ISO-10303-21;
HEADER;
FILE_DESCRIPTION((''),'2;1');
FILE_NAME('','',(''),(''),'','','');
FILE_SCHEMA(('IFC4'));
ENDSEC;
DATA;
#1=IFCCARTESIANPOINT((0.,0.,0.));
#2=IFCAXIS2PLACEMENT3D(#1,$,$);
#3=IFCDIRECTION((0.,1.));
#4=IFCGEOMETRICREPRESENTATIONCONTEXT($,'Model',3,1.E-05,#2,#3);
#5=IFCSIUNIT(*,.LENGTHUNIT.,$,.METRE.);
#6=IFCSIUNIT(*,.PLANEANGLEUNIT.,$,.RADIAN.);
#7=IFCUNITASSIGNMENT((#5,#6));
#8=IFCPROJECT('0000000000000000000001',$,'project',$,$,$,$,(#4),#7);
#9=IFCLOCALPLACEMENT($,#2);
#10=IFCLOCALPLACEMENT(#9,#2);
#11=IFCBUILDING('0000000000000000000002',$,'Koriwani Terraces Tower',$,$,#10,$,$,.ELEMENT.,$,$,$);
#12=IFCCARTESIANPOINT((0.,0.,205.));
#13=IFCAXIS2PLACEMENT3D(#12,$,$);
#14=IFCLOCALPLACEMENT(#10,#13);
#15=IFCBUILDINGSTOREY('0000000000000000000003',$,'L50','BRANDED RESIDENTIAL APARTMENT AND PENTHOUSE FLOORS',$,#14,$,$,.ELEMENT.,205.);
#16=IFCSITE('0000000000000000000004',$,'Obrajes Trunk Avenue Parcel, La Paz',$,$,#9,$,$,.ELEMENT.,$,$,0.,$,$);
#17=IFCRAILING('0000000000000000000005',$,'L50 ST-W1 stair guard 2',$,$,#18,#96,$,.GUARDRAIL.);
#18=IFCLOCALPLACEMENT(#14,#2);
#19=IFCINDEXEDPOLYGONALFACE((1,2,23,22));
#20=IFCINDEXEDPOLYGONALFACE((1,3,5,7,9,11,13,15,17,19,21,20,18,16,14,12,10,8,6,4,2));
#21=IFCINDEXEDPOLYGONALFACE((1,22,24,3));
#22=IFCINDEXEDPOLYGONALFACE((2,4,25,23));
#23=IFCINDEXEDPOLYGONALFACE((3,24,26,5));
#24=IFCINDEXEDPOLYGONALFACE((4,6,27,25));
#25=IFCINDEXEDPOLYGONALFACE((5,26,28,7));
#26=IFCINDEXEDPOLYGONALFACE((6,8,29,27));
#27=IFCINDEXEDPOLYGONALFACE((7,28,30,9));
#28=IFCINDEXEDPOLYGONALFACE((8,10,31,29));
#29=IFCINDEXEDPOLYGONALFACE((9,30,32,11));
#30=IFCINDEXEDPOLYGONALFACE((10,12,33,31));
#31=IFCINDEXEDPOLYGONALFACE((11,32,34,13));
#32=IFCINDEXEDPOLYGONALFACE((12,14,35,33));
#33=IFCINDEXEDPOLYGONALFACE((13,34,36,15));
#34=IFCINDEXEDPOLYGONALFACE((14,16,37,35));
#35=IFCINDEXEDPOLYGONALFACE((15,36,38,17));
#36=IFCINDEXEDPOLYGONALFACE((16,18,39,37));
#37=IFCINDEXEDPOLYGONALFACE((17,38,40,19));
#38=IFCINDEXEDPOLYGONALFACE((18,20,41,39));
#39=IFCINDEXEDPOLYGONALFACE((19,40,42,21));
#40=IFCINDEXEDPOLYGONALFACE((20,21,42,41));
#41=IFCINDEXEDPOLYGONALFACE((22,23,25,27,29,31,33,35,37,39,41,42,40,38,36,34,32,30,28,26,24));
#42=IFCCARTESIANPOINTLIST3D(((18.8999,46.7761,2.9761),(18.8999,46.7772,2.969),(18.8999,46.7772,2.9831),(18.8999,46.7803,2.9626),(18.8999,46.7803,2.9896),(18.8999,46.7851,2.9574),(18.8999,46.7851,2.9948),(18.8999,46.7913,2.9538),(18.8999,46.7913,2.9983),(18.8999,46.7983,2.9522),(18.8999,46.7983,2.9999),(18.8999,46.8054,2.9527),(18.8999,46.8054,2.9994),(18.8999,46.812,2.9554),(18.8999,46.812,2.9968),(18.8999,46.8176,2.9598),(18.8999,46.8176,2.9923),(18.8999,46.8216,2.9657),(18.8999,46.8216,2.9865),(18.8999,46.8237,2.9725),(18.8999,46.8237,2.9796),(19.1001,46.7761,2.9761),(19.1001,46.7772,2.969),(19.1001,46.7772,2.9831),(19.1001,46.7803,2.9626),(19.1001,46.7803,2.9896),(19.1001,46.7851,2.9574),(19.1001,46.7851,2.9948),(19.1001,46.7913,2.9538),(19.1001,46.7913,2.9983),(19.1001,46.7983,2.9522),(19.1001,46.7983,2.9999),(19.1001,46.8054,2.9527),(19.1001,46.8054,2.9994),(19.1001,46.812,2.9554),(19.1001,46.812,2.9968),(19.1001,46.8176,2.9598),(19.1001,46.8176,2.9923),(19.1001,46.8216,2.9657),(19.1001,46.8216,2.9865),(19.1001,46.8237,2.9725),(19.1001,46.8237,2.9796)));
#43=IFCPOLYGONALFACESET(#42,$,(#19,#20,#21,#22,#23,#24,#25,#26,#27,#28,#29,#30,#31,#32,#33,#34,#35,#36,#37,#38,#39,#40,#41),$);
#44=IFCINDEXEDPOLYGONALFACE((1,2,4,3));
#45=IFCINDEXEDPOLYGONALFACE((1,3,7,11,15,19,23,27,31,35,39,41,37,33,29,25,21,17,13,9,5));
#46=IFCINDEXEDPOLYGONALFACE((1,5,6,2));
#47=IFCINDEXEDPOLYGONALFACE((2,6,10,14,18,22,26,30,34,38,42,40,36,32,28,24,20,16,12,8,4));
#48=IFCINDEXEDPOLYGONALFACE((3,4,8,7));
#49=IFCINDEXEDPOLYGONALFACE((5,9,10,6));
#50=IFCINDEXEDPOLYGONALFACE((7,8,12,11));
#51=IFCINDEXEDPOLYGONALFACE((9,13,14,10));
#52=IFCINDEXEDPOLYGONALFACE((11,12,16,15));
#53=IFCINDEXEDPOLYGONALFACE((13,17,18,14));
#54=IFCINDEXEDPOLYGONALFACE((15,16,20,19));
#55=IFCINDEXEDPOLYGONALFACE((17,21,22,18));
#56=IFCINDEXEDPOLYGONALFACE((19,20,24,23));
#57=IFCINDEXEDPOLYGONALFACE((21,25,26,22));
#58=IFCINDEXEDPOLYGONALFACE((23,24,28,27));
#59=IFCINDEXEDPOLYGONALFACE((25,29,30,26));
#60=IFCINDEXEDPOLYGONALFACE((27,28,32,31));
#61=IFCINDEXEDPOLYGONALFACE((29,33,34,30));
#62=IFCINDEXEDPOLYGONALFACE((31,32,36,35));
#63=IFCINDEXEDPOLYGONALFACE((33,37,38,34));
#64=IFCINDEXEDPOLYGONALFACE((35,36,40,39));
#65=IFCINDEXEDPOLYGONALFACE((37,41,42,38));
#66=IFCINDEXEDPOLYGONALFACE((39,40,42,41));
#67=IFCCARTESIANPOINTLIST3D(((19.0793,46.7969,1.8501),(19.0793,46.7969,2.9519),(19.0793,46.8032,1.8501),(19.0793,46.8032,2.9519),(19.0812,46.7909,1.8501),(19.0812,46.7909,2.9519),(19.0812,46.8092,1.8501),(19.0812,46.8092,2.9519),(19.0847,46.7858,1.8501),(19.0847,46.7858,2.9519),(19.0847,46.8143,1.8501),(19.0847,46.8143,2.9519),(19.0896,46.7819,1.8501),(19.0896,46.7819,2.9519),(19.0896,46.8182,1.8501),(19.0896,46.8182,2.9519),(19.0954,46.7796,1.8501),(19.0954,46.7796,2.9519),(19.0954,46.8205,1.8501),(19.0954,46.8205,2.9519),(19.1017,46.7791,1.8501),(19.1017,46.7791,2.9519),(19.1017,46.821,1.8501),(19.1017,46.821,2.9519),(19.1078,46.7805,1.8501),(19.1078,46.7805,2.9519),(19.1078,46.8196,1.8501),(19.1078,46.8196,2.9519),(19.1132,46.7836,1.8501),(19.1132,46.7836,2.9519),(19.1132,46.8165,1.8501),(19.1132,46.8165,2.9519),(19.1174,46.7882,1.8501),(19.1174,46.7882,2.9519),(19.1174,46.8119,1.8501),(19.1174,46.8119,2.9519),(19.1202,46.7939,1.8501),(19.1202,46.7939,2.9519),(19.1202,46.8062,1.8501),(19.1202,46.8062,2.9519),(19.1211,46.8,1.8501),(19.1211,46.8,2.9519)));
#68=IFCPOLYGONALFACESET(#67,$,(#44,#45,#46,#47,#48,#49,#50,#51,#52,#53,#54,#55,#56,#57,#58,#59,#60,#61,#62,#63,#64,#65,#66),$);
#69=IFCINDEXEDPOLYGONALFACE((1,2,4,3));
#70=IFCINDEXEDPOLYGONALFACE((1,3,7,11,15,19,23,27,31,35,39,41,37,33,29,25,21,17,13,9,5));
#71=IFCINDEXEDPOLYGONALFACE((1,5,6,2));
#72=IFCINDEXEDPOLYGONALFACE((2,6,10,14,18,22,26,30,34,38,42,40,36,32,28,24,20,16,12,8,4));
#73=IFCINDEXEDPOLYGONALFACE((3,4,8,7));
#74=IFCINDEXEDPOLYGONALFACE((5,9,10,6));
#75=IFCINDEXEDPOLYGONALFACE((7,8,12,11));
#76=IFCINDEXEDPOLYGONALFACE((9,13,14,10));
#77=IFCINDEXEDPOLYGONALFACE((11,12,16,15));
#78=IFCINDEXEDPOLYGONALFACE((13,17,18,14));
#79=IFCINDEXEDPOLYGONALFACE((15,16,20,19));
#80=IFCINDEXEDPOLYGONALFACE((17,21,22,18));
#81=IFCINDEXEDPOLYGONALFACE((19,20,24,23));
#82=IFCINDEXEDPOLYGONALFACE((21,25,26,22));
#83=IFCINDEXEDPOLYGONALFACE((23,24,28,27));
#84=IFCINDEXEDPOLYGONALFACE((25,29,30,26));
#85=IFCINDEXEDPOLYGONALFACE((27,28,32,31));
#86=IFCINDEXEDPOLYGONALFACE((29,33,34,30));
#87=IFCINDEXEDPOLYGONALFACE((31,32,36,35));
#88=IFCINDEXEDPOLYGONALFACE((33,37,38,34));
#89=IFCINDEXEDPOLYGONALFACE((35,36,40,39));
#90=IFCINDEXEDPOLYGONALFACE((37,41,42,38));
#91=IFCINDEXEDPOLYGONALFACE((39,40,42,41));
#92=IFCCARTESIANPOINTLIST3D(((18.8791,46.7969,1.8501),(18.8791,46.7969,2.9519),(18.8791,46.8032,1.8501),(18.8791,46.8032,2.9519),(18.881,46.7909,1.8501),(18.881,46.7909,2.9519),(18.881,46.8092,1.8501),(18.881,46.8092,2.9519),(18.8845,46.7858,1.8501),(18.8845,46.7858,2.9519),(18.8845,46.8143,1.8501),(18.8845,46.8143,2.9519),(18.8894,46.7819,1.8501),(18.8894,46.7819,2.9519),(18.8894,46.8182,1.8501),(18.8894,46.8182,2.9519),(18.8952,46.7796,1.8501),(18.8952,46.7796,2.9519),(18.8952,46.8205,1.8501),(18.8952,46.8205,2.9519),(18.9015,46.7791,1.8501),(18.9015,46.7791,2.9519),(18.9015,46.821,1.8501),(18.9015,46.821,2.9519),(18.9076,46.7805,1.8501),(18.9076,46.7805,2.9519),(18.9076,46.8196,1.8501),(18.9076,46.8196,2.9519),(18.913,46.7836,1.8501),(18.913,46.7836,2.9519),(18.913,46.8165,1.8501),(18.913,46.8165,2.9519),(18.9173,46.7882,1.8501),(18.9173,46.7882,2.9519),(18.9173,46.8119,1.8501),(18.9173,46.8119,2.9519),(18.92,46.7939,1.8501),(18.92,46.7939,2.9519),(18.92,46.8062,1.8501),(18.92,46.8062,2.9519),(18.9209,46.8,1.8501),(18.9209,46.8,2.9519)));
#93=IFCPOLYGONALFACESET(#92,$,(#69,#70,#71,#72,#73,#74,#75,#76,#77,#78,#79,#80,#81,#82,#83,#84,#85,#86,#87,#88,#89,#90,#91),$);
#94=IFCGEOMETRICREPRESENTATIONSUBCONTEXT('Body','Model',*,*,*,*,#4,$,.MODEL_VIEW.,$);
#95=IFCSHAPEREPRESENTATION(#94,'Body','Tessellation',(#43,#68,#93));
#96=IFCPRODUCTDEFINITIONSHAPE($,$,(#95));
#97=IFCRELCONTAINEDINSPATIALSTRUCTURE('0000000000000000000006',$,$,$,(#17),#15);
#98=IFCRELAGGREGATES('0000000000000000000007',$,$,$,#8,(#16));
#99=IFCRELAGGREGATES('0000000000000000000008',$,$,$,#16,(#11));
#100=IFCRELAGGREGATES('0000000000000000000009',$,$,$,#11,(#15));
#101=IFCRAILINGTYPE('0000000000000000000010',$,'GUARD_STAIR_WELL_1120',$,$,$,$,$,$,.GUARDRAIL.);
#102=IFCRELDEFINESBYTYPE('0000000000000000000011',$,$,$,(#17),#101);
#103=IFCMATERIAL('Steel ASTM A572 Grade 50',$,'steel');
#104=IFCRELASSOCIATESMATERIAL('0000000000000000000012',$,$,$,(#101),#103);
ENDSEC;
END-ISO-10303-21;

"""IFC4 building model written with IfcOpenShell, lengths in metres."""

from ifc_helpers import new_model, si_unit, direction, frame, origin, origin_2d, place, context, subcontext, project, spatial, circle, extrude, material, type_object, element, save


model = new_model("IFC4")

# Units and contexts
model_context = context("Model", 3, precision=1e-05, world=origin(), true_north=direction((0.0, 1.0)))
body_context = subcontext(model_context, "Body", "Model", "MODEL_VIEW")
ifc_project = project(units=[si_unit("LENGTHUNIT", "METRE"), si_unit("PLANEANGLEUNIT", "RADIAN")], contexts=[model_context])

# Site, building, storey
site_placement = place(None, origin())
site = spatial("IfcSite", under=ifc_project, at=site_placement, Name="Obrajes Trunk Avenue Parcel, La Paz", CompositionType="ELEMENT", RefElevation=0.0)
building_placement = place(site_placement, origin())
building = spatial("IfcBuilding", under=site, at=building_placement, Name="Koriwani Terraces Tower", CompositionType="ELEMENT")
storey_placement = place(building_placement, frame((0.0, 0.0, 205.0)))
storey = spatial("IfcBuildingStorey", under=building, at=storey_placement, Name="L50", Description="BRANDED RESIDENTIAL APARTMENT AND PENTHOUSE FLOORS", CompositionType="ELEMENT", Elevation=205.0)

# Shared definitions
ifc_material_1 = material(Name="Steel ASTM A572 Grade 50", Category="steel")

# Railing
railing_type_1 = type_object("IfcRailingType", Name="GUARD_STAIR_WELL_1120", PredefinedType="GUARDRAIL", material=ifc_material_1)
railing_1_placement = place(storey_placement, frame((19.1001, 46.8, 1.8501)))
element("IfcRailing", 1, at=railing_1_placement, inside=storey, type_object=railing_type_1, Name="L50 ST-W1 stair guard 2", PredefinedType="GUARDRAIL", context=body_context, shape_type="SweptSolid", body=[
    extrude(circle(Radius=0.0239, at=origin_2d()), frame((0.0, 0.0, 1.126), z_axis=(-1.0, 0.0, 0.0), x_axis=(0.0, -1.0, 0.0)), (0.0, 0.0, 1.0), 0.2002),
    extrude(circle(Radius=0.021, at=origin_2d()), origin(), (0.0, 0.0, 1.0), 1.1018),
    extrude(circle(Radius=0.021, at=origin_2d()), frame((-0.2002, 0.0, 0.0)), (0.0, 0.0, 1.0), 1.1018),
])

save(model, "model.ifc")
